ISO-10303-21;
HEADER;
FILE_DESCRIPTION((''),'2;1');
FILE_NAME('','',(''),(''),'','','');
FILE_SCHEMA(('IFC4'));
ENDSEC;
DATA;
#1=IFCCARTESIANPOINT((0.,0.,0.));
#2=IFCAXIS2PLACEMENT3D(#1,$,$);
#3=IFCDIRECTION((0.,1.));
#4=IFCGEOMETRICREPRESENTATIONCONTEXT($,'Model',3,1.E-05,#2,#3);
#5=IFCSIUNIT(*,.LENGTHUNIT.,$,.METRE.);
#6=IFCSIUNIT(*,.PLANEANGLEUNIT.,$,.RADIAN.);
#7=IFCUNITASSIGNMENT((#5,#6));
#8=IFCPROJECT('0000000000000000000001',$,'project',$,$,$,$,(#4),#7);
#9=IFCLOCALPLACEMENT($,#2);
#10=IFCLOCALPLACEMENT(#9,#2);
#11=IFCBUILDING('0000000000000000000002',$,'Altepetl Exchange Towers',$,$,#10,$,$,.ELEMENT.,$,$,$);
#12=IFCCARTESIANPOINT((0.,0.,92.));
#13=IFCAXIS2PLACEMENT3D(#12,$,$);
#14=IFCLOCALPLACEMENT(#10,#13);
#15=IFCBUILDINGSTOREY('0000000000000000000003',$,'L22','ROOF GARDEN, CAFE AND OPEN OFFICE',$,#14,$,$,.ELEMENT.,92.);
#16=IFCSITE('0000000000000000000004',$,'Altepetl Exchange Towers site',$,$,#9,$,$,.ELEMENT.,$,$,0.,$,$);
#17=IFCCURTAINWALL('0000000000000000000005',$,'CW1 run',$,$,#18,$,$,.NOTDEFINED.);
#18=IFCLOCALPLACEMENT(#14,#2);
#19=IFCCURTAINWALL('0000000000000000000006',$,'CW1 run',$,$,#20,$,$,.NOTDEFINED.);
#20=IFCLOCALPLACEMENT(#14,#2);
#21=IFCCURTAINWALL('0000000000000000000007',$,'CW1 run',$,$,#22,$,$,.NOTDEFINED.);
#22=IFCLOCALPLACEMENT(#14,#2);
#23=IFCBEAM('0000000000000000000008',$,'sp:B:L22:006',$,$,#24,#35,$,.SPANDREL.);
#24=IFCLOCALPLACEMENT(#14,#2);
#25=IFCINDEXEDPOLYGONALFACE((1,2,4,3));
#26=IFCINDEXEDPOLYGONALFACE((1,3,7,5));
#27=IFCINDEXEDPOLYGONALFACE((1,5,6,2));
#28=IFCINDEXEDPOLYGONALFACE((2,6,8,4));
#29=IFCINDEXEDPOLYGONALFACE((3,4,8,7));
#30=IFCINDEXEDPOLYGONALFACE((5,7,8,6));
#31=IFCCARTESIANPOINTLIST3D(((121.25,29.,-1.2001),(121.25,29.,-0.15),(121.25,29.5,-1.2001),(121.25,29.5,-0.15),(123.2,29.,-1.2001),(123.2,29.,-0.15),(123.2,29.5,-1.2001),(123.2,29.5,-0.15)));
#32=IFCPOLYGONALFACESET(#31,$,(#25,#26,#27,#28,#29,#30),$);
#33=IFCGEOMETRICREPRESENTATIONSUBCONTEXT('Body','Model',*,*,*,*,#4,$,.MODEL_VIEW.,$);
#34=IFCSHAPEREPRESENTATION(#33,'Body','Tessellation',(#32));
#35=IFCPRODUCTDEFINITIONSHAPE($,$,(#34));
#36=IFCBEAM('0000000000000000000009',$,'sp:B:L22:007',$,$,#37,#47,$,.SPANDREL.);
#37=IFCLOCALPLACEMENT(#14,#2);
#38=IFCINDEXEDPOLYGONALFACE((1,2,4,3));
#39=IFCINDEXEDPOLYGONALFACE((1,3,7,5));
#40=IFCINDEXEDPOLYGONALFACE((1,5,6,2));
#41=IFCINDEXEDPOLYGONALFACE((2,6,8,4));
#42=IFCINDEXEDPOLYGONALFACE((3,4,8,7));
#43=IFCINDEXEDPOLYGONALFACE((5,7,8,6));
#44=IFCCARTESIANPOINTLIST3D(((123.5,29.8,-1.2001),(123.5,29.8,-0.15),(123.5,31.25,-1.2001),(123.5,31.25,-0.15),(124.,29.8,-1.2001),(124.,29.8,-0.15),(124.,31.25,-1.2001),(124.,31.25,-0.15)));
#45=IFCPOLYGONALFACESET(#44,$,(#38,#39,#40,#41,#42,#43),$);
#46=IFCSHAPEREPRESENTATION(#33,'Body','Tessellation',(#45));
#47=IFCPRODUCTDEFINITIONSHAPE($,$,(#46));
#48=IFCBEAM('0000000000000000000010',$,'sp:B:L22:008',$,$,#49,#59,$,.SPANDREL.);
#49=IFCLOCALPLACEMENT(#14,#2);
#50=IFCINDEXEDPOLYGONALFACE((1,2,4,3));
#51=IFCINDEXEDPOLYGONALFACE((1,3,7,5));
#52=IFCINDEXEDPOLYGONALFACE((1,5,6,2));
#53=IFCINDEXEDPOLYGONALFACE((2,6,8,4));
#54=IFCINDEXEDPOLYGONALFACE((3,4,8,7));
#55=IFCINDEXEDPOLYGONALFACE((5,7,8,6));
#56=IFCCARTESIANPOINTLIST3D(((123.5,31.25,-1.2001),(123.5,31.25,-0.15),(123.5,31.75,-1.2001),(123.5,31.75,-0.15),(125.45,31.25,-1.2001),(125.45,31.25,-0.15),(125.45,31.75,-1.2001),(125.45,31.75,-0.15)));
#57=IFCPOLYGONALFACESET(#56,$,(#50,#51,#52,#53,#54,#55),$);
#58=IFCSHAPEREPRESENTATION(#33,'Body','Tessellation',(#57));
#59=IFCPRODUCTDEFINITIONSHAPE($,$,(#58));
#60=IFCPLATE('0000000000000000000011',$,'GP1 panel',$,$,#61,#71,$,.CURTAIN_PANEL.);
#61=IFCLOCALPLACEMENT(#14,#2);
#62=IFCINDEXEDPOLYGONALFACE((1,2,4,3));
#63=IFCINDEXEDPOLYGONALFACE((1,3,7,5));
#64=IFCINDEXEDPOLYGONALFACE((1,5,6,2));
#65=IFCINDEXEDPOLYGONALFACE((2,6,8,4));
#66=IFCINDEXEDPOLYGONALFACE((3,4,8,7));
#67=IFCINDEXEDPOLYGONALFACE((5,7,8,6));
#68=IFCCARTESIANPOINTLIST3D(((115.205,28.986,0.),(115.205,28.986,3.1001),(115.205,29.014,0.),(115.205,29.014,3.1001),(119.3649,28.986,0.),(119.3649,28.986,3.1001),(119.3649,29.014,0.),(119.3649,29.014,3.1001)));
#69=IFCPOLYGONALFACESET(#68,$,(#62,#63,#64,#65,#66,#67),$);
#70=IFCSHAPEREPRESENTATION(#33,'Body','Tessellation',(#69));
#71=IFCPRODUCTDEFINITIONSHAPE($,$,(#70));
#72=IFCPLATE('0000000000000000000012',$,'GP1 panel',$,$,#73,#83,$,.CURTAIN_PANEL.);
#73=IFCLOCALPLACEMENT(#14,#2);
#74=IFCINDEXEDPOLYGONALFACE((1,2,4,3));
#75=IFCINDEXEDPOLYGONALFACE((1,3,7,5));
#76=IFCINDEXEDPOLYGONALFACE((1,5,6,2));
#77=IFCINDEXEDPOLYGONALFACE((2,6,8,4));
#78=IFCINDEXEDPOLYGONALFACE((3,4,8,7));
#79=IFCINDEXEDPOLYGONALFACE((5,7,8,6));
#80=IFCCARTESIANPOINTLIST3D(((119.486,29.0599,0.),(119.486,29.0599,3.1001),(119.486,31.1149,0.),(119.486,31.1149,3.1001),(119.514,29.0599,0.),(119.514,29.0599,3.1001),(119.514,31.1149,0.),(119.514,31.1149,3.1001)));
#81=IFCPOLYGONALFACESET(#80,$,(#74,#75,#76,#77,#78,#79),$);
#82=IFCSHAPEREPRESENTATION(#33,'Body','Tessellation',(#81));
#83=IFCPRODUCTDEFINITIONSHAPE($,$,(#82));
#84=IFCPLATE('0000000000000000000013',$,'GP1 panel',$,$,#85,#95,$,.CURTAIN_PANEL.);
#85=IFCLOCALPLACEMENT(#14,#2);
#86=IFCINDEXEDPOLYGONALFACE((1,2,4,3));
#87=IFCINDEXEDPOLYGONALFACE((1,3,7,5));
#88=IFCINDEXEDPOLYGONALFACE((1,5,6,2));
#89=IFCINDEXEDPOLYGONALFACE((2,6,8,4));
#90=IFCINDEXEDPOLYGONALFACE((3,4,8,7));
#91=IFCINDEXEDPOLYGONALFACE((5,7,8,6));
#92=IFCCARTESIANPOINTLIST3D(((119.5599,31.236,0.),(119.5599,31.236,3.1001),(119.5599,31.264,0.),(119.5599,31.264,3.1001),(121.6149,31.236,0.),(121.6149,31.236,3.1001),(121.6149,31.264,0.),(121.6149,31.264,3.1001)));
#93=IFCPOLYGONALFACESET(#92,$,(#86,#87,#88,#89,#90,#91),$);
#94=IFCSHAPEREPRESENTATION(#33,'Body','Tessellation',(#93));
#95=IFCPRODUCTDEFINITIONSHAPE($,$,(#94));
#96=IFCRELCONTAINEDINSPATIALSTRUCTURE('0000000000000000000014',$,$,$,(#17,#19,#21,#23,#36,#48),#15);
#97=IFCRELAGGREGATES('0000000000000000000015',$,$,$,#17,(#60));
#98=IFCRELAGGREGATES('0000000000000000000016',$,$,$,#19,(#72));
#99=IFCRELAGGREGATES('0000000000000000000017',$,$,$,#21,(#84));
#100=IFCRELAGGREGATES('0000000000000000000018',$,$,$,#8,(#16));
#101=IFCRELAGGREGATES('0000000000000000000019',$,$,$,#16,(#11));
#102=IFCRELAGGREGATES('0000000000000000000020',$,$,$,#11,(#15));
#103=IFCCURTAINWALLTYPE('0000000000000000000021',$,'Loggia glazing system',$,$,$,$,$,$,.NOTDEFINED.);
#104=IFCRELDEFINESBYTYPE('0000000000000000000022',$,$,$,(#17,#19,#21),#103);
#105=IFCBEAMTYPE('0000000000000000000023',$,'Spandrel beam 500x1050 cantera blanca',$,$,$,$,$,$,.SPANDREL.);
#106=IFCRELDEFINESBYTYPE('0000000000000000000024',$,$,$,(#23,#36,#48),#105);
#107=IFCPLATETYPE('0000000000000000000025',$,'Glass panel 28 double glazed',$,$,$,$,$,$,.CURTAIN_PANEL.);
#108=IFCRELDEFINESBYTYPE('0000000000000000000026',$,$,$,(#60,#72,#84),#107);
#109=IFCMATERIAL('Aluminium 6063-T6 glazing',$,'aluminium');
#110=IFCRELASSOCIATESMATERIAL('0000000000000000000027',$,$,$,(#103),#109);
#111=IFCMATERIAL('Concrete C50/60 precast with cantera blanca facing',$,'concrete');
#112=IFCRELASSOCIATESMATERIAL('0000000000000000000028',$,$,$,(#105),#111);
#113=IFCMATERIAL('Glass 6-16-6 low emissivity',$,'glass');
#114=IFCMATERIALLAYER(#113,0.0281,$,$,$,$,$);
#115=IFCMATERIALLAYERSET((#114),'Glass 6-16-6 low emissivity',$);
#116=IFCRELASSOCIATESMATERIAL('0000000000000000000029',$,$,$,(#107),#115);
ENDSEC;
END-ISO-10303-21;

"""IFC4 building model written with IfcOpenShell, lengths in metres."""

from ifc_helpers import new_model, si_unit, direction, frame, origin, origin_2d, place, context, subcontext, project, spatial, rectangle, extrude, material, layer, layer_set, material_profile, profile_set, type_object, element, aggregate, save


model = new_model("IFC4")

# Units and contexts
model_context = context("Model", 3, precision=1e-05, world=origin(), true_north=direction((0.0, 1.0)))
body_context = subcontext(model_context, "Body", "Model", "MODEL_VIEW")
ifc_project = project(units=[si_unit("LENGTHUNIT", "METRE"), si_unit("PLANEANGLEUNIT", "RADIAN")], contexts=[model_context])

# Site, building, storey
site_placement = place(None, origin())
site = spatial("IfcSite", under=ifc_project, at=site_placement, Name="Altepetl Exchange Towers site", CompositionType="ELEMENT", RefElevation=0.0)
building_placement = place(site_placement, origin())
building = spatial("IfcBuilding", under=site, at=building_placement, Name="Altepetl Exchange Towers", CompositionType="ELEMENT")
storey_placement = place(building_placement, frame((0.0, 0.0, 92.0)))
storey = spatial("IfcBuildingStorey", under=building, at=storey_placement, Name="L22", Description="ROOF GARDEN, CAFE AND OPEN OFFICE", CompositionType="ELEMENT", Elevation=92.0)

# Curtain wall
ifc_material_1 = material(Name="Aluminium 6063-T6 glazing", Category="aluminium")
curtain_wall_type = type_object("IfcCurtainWallType", Name="Loggia glazing system", PredefinedType="NOTDEFINED", material=ifc_material_1)
curtain_wall_1_placement = place(storey_placement, origin())
curtain_wall_1 = element("IfcCurtainWall", 1, at=curtain_wall_1_placement, inside=storey, type_object=curtain_wall_type, Name="CW1 run", PredefinedType="NOTDEFINED")

# Curtain walls
curtain_wall_2_placement = place(storey_placement, origin())
curtain_wall_2 = element("IfcCurtainWall", 2, at=curtain_wall_2_placement, inside=storey, type_object=curtain_wall_type, Name="CW1 run", PredefinedType="NOTDEFINED")
curtain_wall_3_placement = place(storey_placement, origin())
curtain_wall_3 = element("IfcCurtainWall", 3, at=curtain_wall_3_placement, inside=storey, type_object=curtain_wall_type, Name="CW1 run", PredefinedType="NOTDEFINED")

# Beams
ifc_material_2 = material(Name="Concrete C50/60 precast with cantera blanca facing", Category="concrete")
ifc_material_profile_1 = material_profile(ifc_material_2, rectangle(XDim=0.5, YDim=1.05, at=origin_2d()), Name="500 x 1050")
ifc_profile_set_1 = profile_set([ifc_material_profile_1], Name="Concrete C50/60 precast with cantera blanca facing")
beam_type_1 = type_object("IfcBeamType", Name="Spandrel beam 500x1050 cantera blanca", PredefinedType="SPANDREL", material=ifc_profile_set_1)
beam_1_placement = place(storey_placement, frame((121.25, 29.25, -0.675), z_axis=(1.0, 0.0, 0.0), x_axis=(0.0, 1.0, 0.0)))
element("IfcBeam", 4, at=beam_1_placement, inside=storey, type_object=beam_type_1, Name="sp:B:L22:006", PredefinedType="SPANDREL", context=body_context, shape_type="SweptSolid", body=[
    extrude(rectangle(XDim=0.5, YDim=1.05, at=origin_2d()), origin(), (0.0, 0.0, 1.0), 1.95),
])
beam_2_placement = place(storey_placement, frame((123.75, 29.8, -0.675), z_axis=(0.0, 1.0, 0.0), x_axis=(-1.0, 0.0, 0.0)))
element("IfcBeam", 5, at=beam_2_placement, inside=storey, type_object=beam_type_1, Name="sp:B:L22:007", PredefinedType="SPANDREL", context=body_context, shape_type="SweptSolid", body=[
    extrude(rectangle(XDim=0.5, YDim=1.05, at=origin_2d()), origin(), (0.0, 0.0, 1.0), 1.45),
])
beam_3_placement = place(storey_placement, frame((123.5, 31.5, -0.675), z_axis=(1.0, 0.0, 0.0), x_axis=(0.0, 1.0, 0.0)))
element("IfcBeam", 6, at=beam_3_placement, inside=storey, type_object=beam_type_1, Name="sp:B:L22:008", PredefinedType="SPANDREL", context=body_context, shape_type="SweptSolid", body=[
    extrude(rectangle(XDim=0.5, YDim=1.05, at=origin_2d()), origin(), (0.0, 0.0, 1.0), 1.95),
])

# Plates
ifc_material_3 = material(Name="Glass 6-16-6 low emissivity", Category="glass")
ifc_layer = layer(ifc_material_3, 0.0281)
ifc_layer_set = layer_set([ifc_layer], Name="Glass 6-16-6 low emissivity")
plate_type = type_object("IfcPlateType", Name="Glass panel 28 double glazed", PredefinedType="CURTAIN_PANEL", material=ifc_layer_set)
plate_1_placement = place(storey_placement, frame((117.2849, 29.0, 0.0)))
plate_1 = element("IfcPlate", 7, at=plate_1_placement, type_object=plate_type, Name="GP1 panel", PredefinedType="CURTAIN_PANEL", context=body_context, shape_type="SweptSolid", body=[
    extrude(rectangle(XDim=4.1599, YDim=0.0281, at=origin_2d()), origin(), (0.0, 0.0, 1.0), 3.1001),
])
aggregate(curtain_wall_1, [plate_1])
plate_2_placement = place(storey_placement, frame((119.5, 30.0874, 0.0), z_axis=(0.0, 0.0, 1.0), x_axis=(0.0, 1.0, 0.0)))
plate_2 = element("IfcPlate", 8, at=plate_2_placement, type_object=plate_type, Name="GP1 panel", PredefinedType="CURTAIN_PANEL", context=body_context, shape_type="SweptSolid", body=[
    extrude(rectangle(XDim=2.0549, YDim=0.0281, at=origin_2d()), origin(), (0.0, 0.0, 1.0), 3.1001),
])
aggregate(curtain_wall_2, [plate_2])
plate_3_placement = place(storey_placement, frame((120.5874, 31.25, 0.0)))
plate_3 = element("IfcPlate", 9, at=plate_3_placement, type_object=plate_type, Name="GP1 panel", PredefinedType="CURTAIN_PANEL", context=body_context, shape_type="SweptSolid", body=[
    extrude(rectangle(XDim=2.0549, YDim=0.0281, at=origin_2d()), origin(), (0.0, 0.0, 1.0), 3.1001),
])
aggregate(curtain_wall_3, [plate_3])

save(model, "model.ifc")
